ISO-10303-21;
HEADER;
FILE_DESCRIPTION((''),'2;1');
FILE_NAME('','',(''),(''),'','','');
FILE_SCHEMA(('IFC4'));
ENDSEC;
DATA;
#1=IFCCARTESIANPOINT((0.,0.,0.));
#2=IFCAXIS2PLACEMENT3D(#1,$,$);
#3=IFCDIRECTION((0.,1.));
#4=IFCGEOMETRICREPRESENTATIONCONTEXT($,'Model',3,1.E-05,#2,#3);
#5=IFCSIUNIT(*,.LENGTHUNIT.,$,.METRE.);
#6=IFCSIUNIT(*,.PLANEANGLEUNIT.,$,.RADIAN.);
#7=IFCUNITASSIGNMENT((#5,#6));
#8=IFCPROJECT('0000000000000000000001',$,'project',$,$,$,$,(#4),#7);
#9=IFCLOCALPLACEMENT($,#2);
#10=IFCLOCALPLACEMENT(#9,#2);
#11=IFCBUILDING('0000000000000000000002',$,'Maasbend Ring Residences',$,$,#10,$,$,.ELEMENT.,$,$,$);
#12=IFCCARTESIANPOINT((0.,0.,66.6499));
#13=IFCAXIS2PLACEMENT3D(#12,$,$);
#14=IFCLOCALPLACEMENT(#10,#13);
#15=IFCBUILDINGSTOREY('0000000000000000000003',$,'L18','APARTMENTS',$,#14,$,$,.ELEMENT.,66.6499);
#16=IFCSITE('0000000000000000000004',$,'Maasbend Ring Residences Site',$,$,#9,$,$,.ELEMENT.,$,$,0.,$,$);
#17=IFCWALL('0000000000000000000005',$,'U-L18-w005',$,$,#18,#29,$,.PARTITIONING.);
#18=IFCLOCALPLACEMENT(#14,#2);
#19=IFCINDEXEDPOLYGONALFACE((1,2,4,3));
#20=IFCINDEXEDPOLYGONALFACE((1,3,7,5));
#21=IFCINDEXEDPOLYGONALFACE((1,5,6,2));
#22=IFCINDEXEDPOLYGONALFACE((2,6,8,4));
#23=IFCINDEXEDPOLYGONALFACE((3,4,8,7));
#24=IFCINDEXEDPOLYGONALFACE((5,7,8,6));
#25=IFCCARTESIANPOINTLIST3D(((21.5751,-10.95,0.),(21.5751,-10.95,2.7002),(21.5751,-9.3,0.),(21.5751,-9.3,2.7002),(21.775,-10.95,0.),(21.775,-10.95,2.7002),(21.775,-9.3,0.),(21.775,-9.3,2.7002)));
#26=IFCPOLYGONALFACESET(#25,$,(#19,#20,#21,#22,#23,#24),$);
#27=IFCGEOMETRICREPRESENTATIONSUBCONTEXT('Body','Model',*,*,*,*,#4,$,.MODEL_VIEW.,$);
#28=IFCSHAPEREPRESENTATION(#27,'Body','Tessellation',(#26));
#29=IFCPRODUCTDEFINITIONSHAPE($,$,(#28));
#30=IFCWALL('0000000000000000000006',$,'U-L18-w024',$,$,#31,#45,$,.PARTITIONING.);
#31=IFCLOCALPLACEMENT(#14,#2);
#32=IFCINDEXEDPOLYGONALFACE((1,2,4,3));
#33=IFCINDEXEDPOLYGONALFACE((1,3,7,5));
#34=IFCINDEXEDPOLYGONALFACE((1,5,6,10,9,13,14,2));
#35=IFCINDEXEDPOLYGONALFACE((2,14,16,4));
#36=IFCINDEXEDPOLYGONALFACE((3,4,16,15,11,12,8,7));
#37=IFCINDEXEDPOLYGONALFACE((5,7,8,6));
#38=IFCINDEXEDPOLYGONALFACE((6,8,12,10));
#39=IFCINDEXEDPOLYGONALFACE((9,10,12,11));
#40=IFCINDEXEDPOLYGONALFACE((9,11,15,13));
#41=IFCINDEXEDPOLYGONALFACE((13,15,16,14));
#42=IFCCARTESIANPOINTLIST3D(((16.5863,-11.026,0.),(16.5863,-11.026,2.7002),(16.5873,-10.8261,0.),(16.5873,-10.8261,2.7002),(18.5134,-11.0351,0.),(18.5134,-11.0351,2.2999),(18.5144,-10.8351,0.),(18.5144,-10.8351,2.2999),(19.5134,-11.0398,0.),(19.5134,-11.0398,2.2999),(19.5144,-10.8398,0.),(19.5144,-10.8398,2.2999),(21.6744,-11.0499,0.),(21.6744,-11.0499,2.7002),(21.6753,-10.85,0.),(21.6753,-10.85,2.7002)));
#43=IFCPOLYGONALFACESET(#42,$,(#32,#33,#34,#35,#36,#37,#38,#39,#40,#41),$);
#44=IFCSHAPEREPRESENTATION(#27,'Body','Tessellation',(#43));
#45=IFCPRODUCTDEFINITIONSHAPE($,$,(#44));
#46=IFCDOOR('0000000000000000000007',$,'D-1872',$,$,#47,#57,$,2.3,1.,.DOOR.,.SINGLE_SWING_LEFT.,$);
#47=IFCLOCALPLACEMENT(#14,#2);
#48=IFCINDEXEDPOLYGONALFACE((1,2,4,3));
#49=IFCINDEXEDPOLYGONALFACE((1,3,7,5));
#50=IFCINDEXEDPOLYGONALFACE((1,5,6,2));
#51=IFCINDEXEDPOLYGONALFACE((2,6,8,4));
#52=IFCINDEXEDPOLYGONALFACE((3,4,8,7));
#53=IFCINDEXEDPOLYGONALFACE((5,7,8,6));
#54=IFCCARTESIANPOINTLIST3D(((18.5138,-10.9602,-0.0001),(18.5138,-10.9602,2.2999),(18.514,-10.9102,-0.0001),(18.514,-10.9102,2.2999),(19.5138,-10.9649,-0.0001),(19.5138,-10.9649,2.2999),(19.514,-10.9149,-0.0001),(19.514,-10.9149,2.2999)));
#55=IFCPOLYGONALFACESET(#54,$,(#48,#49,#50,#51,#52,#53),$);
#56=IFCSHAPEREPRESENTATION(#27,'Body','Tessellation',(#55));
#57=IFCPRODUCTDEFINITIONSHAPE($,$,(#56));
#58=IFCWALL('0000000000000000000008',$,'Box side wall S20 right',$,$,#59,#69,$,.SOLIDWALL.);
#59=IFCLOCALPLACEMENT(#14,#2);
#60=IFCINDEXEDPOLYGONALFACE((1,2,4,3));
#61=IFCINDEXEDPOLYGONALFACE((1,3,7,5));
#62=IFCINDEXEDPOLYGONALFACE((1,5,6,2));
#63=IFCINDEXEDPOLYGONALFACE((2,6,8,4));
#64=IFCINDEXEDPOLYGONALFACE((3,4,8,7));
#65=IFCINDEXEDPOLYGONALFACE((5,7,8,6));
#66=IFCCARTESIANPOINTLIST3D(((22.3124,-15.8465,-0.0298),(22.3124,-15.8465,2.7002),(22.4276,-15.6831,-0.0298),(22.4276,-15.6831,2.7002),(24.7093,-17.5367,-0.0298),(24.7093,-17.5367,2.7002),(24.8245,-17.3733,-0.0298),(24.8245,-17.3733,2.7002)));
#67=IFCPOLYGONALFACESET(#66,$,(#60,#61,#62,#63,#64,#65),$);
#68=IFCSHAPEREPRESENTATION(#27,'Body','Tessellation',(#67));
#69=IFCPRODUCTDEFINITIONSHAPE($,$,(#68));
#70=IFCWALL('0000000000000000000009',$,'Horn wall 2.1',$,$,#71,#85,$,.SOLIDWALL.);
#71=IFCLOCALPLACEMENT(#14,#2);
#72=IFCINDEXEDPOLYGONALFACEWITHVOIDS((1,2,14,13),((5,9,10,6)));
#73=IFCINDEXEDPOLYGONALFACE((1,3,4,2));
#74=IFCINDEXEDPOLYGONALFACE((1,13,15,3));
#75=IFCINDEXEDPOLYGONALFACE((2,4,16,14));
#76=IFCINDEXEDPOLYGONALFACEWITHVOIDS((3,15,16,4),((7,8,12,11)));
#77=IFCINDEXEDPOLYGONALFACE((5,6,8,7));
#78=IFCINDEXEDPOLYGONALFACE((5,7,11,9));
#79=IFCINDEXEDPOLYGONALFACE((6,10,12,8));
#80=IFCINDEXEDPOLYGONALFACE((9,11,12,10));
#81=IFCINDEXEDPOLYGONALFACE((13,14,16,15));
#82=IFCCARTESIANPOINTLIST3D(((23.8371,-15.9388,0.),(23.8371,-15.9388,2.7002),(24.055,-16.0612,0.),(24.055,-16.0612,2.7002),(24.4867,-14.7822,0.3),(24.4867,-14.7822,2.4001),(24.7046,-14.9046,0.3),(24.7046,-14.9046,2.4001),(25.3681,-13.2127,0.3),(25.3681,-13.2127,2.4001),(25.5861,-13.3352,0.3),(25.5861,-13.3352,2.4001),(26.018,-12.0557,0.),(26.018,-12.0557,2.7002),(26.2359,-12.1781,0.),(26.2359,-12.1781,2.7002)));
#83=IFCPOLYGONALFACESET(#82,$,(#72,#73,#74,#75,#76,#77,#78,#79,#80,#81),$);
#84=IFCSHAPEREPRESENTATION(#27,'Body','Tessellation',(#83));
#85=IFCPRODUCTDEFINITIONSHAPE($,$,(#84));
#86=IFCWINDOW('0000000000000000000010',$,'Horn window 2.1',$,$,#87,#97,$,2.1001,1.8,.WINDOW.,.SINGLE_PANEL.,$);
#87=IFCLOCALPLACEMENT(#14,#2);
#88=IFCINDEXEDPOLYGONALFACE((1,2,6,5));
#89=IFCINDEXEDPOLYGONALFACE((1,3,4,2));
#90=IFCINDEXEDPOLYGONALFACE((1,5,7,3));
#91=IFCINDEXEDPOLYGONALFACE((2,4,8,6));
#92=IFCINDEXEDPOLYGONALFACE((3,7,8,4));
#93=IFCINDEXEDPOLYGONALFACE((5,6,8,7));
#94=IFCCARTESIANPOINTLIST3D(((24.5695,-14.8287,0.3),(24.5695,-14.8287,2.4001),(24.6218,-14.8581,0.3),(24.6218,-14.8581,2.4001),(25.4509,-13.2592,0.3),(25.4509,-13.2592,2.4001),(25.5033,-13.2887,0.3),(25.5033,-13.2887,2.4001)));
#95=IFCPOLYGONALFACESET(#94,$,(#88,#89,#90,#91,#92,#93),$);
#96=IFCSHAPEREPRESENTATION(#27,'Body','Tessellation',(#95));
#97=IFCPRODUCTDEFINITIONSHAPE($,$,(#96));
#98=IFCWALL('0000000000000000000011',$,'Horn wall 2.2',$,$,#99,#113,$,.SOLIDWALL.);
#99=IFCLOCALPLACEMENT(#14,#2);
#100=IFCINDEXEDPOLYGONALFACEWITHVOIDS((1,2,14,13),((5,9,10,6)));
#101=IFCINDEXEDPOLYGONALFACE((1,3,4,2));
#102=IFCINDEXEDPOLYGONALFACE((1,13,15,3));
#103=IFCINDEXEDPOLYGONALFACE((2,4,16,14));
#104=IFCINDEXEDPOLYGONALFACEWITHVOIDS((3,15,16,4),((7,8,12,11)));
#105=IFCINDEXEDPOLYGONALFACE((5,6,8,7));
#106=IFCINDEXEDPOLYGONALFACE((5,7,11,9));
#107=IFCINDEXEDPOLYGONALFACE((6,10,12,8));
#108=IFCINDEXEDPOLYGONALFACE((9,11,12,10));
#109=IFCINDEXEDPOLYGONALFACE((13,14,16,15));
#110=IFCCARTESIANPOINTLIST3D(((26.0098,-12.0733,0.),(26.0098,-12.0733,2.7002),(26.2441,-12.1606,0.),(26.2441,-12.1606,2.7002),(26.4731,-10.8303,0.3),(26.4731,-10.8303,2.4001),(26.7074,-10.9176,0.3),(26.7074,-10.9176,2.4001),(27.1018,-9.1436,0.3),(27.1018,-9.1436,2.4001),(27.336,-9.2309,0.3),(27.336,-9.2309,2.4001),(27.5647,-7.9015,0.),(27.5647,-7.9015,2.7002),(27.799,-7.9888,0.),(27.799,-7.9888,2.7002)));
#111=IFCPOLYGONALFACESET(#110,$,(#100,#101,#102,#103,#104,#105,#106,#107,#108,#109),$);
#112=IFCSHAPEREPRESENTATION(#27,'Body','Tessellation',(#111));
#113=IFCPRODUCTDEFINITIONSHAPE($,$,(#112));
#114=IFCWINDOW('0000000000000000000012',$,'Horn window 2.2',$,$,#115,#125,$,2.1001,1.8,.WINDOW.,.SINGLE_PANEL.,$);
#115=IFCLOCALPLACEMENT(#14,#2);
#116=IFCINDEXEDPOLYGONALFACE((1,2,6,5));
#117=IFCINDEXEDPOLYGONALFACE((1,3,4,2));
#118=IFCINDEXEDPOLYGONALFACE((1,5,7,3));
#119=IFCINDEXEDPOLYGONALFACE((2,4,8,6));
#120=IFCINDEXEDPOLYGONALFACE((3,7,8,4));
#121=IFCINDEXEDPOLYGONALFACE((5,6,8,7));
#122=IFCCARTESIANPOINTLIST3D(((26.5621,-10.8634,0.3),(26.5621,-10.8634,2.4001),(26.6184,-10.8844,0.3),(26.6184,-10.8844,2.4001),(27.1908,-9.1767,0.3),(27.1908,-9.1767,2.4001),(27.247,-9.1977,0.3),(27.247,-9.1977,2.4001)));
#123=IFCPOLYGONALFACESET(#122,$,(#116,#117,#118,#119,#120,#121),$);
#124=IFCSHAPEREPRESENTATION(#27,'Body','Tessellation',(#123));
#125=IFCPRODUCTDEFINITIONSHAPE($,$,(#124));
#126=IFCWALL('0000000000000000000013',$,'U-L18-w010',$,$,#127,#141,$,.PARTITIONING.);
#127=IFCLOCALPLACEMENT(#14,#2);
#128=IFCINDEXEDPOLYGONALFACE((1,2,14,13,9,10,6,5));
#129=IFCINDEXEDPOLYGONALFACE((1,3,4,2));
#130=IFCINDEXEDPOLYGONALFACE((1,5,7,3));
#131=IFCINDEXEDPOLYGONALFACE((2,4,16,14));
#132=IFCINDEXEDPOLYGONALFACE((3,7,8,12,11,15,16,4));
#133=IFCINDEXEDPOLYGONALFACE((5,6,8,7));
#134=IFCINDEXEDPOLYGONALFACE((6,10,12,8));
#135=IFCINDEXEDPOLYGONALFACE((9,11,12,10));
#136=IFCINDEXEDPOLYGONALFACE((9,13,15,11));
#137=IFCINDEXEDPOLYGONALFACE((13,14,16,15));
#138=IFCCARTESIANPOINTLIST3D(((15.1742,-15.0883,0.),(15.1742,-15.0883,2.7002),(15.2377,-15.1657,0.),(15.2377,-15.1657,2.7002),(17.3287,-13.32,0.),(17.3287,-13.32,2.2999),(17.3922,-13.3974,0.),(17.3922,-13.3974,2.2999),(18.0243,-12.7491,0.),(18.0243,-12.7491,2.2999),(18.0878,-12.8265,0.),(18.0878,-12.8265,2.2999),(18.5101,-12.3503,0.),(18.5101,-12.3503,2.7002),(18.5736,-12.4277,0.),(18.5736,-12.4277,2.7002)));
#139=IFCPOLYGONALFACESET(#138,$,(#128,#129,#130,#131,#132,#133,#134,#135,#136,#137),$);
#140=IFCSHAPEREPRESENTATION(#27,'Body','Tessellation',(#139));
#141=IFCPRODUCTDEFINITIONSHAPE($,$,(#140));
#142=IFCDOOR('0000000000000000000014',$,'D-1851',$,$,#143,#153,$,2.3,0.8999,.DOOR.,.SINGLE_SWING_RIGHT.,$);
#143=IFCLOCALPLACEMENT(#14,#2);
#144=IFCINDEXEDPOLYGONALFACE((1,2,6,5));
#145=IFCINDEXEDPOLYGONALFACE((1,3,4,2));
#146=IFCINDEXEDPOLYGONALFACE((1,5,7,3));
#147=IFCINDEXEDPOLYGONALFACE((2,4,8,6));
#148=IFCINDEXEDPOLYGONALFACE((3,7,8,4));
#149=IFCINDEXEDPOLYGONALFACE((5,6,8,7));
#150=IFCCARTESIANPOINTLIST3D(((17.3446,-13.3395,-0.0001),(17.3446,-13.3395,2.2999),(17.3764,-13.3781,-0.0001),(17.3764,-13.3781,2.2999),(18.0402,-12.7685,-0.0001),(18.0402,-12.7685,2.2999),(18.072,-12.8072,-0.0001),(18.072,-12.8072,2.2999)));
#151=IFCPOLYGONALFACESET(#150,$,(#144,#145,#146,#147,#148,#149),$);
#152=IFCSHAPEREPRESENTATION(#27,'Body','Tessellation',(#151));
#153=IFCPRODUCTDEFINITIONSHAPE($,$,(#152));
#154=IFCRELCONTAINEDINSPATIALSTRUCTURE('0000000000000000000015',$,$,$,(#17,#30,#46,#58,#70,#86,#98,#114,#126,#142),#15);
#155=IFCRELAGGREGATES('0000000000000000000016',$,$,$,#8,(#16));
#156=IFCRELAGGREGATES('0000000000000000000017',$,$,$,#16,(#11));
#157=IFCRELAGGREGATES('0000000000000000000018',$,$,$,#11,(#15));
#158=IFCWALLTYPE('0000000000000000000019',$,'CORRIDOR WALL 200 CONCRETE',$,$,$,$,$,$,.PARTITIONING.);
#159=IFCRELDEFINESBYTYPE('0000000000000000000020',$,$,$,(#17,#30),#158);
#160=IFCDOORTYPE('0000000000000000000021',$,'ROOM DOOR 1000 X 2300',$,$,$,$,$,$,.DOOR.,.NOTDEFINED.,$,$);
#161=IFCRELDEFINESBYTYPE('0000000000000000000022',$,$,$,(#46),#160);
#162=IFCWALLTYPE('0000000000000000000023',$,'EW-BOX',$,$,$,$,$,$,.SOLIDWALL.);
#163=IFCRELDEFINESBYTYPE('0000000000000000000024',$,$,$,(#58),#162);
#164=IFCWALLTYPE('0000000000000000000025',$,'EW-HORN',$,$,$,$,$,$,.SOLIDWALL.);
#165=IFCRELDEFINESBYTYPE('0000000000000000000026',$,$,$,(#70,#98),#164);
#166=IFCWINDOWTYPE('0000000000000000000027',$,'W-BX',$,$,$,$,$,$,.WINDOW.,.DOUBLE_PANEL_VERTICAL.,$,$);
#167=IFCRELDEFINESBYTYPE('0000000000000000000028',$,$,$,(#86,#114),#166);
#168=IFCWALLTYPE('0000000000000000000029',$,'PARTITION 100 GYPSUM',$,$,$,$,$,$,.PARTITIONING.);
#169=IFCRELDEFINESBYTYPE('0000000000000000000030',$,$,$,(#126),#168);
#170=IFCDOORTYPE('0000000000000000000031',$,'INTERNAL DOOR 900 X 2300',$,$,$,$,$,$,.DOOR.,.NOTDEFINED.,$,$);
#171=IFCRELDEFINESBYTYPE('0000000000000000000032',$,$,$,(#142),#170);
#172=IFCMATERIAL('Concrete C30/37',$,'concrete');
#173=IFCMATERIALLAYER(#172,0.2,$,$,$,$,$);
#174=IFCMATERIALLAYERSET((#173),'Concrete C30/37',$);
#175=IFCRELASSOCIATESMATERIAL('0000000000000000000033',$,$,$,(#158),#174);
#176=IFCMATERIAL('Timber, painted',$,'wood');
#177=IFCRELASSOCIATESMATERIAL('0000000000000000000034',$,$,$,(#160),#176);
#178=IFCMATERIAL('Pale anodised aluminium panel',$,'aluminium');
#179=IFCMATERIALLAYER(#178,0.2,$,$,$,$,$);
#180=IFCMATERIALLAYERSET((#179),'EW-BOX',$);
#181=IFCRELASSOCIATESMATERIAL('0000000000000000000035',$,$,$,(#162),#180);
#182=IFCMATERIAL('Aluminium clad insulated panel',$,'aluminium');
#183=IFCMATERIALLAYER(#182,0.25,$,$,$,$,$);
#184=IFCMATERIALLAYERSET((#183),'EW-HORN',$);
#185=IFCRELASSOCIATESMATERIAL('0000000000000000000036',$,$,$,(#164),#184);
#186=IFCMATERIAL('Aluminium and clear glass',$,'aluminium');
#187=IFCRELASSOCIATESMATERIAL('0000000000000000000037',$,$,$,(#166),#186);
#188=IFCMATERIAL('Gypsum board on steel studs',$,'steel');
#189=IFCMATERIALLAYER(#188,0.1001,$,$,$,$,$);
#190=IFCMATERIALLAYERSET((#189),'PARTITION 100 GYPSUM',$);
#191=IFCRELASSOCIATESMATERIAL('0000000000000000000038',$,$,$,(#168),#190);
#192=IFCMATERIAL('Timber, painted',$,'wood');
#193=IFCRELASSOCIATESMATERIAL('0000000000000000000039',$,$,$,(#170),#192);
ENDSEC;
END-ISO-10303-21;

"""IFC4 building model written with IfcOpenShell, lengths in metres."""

from ifc_helpers import new_model, si_unit, direction, frame, frame_2d, origin, place, context, subcontext, project, spatial, rectangle, extrude, material, layer, layer_set, type_object, element, fill, save


model = new_model("IFC4")

# Units and contexts
model_context = context("Model", 3, precision=1e-05, world=origin(), true_north=direction((0.0, 1.0)))
body_context = subcontext(model_context, "Body", "Model", "MODEL_VIEW")
ifc_project = project(units=[si_unit("LENGTHUNIT", "METRE"), si_unit("PLANEANGLEUNIT", "RADIAN")], contexts=[model_context])

# Site, building, storey
site_placement = place(None, origin())
site = spatial("IfcSite", under=ifc_project, at=site_placement, Name="Maasbend Ring Residences Site", CompositionType="ELEMENT", RefElevation=0.0)
building_placement = place(site_placement, origin())
building = spatial("IfcBuilding", under=site, at=building_placement, Name="Maasbend Ring Residences", CompositionType="ELEMENT")
storey_placement = place(building_placement, frame((0.0, 0.0, 66.6499)))
storey = spatial("IfcBuildingStorey", under=building, at=storey_placement, Name="L18", Description="APARTMENTS", CompositionType="ELEMENT", Elevation=66.6499)

# Wall
ifc_material_1 = material(Name="Concrete C30/37", Category="concrete")
ifc_layer_1 = layer(ifc_material_1, 0.2)
ifc_layer_set_1 = layer_set([ifc_layer_1], Name="Concrete C30/37")
wall_type_1 = type_object("IfcWallType", Name="CORRIDOR WALL 200 CONCRETE", PredefinedType="PARTITIONING", material=ifc_layer_set_1)
wall_1_placement = place(storey_placement, frame((21.675, -10.95, 0.0), z_axis=(0.0, 0.0, 1.0), x_axis=(0.0, 1.0, 0.0)))
element("IfcWall", 1, at=wall_1_placement, inside=storey, type_object=wall_type_1, Name="U-L18-w005", PredefinedType="PARTITIONING", context=body_context, shape_type="SweptSolid", body=[
    extrude(rectangle(XDim=1.6499, YDim=0.2, at=frame_2d((0.825, 0.0))), origin(), (0.0, 0.0, 1.0), 2.7002),
])

# Wall, opening, door
wall_2_placement = place(storey_placement, frame((16.5869, -10.926, 0.0), z_axis=(0.0, 0.0, 1.0), x_axis=(0.999989, -0.004702, 0.0)))
wall_2 = element("IfcWall", 2, at=wall_2_placement, inside=storey, type_object=wall_type_1, Name="U-L18-w024", PredefinedType="PARTITIONING", context=body_context, shape_type="SweptSolid", body=[
    extrude(rectangle(XDim=5.0881, YDim=0.2, at=frame_2d((2.5439, 0.0))), origin(), (0.0, 0.0, 1.0), 2.7002),
])
opening_1_placement = place(wall_2_placement, frame((1.927, 0.0, 0.0)))
opening_1 = element("IfcOpeningElement", 3, at=opening_1_placement, cuts=wall_2, PredefinedType="OPENING", context=body_context, shape_type="SweptSolid", body=[
    extrude(rectangle(XDim=1.0, YDim=2.3, at=frame_2d((0.5, 1.1499))), frame((0.0, 0.1099, 0.0), z_axis=(0.0, -1.0, 0.0), x_axis=(1.0, 0.0, 0.0)), (0.0, 0.0, 1.0), 0.22),
])
ifc_material_2 = material(Name="Timber, painted", Category="wood")
door_type_1 = type_object("IfcDoorType", Name="ROOM DOOR 1000 X 2300", OperationType="NOTDEFINED", PredefinedType="DOOR", material=ifc_material_2)
door_1_placement = place(opening_1_placement, origin())
door_1 = element("IfcDoor", 4, at=door_1_placement, inside=storey, type_object=door_type_1, Name="D-1872", OperationType="SINGLE_SWING_LEFT", OverallHeight=2.3, OverallWidth=1.0, PredefinedType="DOOR", context=body_context, shape_type="SweptSolid", body=[
    extrude(rectangle(XDim=1.0, YDim=2.3, at=frame_2d((0.5, 1.1499))), frame((0.0, 0.0249, 0.0), z_axis=(0.0, -1.0, 0.0), x_axis=(1.0, 0.0, 0.0)), (0.0, 0.0, 1.0), 0.05),
])
fill(opening_1, door_1)

# Wall
ifc_material_3 = material(Name="Pale anodised aluminium panel", Category="aluminium")
ifc_layer_2 = layer(ifc_material_3, 0.2)
ifc_layer_set_2 = layer_set([ifc_layer_2], Name="EW-BOX")
wall_type_2 = type_object("IfcWallType", Name="EW-BOX", PredefinedType="SOLIDWALL", material=ifc_layer_set_2)
wall_3_placement = place(storey_placement, frame((22.3701, -15.7649, -0.0298), z_axis=(0.0, 0.0, 1.0), x_axis=(0.817256, -0.576275, 0.0)))
element("IfcWall", 5, at=wall_3_placement, inside=storey, type_object=wall_type_2, Name="Box side wall S20 right", PredefinedType="SOLIDWALL", context=body_context, shape_type="SweptSolid", body=[
    extrude(rectangle(XDim=2.9329, YDim=0.2, at=frame_2d((1.4663, 0.0))), origin(), (0.0, 0.0, 1.0), 2.73),
])

# Walls, openings, windows
ifc_material_4 = material(Name="Aluminium clad insulated panel", Category="aluminium")
ifc_layer_3 = layer(ifc_material_4, 0.25)
ifc_layer_set_3 = layer_set([ifc_layer_3], Name="EW-HORN")
wall_type_3 = type_object("IfcWallType", Name="EW-HORN", PredefinedType="SOLIDWALL", material=ifc_layer_set_3)
wall_4_placement = place(storey_placement, frame((23.946, -16.0, 0.0), z_axis=(0.0, 0.0, 1.0), x_axis=(0.489696, 0.871893, 0.0)))
wall_4 = element("IfcWall", 6, at=wall_4_placement, inside=storey, type_object=wall_type_3, Name="Horn wall 2.1", PredefinedType="SOLIDWALL", context=body_context, shape_type="SweptSolid", body=[
    extrude(rectangle(XDim=4.4536, YDim=0.25, at=frame_2d((2.2268, 0.0))), origin(), (0.0, 0.0, 1.0), 2.7002),
])
opening_2_placement = place(wall_4_placement, frame((1.3267, 0.0, 0.3)))
opening_2 = element("IfcOpeningElement", 7, at=opening_2_placement, cuts=wall_4, PredefinedType="OPENING", context=body_context, shape_type="SweptSolid", body=[
    extrude(rectangle(XDim=1.8, YDim=2.1001, at=frame_2d((0.8999, 1.05))), frame((0.0, 0.135, 0.0), z_axis=(0.0, -1.0, 0.0), x_axis=(1.0, 0.0, 0.0)), (0.0, 0.0, 1.0), 0.27),
])
ifc_material_5 = material(Name="Aluminium and clear glass", Category="aluminium")
window_type = type_object("IfcWindowType", Name="W-BX", PartitioningType="DOUBLE_PANEL_VERTICAL", PredefinedType="WINDOW", material=ifc_material_5)
window_1_placement = place(opening_2_placement, origin())
window_1 = element("IfcWindow", 8, at=window_1_placement, inside=storey, type_object=window_type, Name="Horn window 2.1", OverallHeight=2.1001, OverallWidth=1.8, PartitioningType="SINGLE_PANEL", PredefinedType="WINDOW", context=body_context, shape_type="SweptSolid", body=[
    extrude(rectangle(XDim=1.8, YDim=2.1001, at=frame_2d((0.8999, 1.05))), frame((0.0, 0.03, 0.0), z_axis=(0.0, -1.0, 0.0), x_axis=(1.0, 0.0, 0.0)), (0.0, 0.0, 1.0), 0.0601),
])
fill(opening_2, window_1)
wall_5_placement = place(storey_placement, frame((26.127, -12.1169, 0.0), z_axis=(0.0, 0.0, 1.0), x_axis=(0.349248, 0.93703, 0.0)))
wall_5 = element("IfcWall", 9, at=wall_5_placement, inside=storey, type_object=wall_type_3, Name="Horn wall 2.2", PredefinedType="SOLIDWALL", context=body_context, shape_type="SweptSolid", body=[
    extrude(rectangle(XDim=4.4521, YDim=0.25, at=frame_2d((2.2261, 0.0))), origin(), (0.0, 0.0, 1.0), 2.7002),
])
opening_3_placement = place(wall_5_placement, frame((1.3267, 0.0, 0.3)))
opening_3 = element("IfcOpeningElement", 10, at=opening_3_placement, cuts=wall_5, PredefinedType="OPENING", context=body_context, shape_type="SweptSolid", body=[
    extrude(rectangle(XDim=1.8, YDim=2.1001, at=frame_2d((0.8999, 1.05))), frame((0.0, 0.135, 0.0), z_axis=(0.0, -1.0, 0.0), x_axis=(1.0, 0.0, 0.0)), (0.0, 0.0, 1.0), 0.27),
])
window_2_placement = place(opening_3_placement, origin())
window_2 = element("IfcWindow", 11, at=window_2_placement, inside=storey, type_object=window_type, Name="Horn window 2.2", OverallHeight=2.1001, OverallWidth=1.8, PartitioningType="SINGLE_PANEL", PredefinedType="WINDOW", context=body_context, shape_type="SweptSolid", body=[
    extrude(rectangle(XDim=1.8, YDim=2.1001, at=frame_2d((0.8999, 1.05))), frame((0.0, 0.03, 0.0), z_axis=(0.0, -1.0, 0.0), x_axis=(1.0, 0.0, 0.0)), (0.0, 0.0, 1.0), 0.0601),
])
fill(opening_3, window_2)

# Wall, opening, door
ifc_material_6 = material(Name="Gypsum board on steel studs", Category="steel")
ifc_layer_4 = layer(ifc_material_6, 0.1001)
ifc_layer_set_4 = layer_set([ifc_layer_4], Name="PARTITION 100 GYPSUM")
wall_type_4 = type_object("IfcWallType", Name="PARTITION 100 GYPSUM", PredefinedType="PARTITIONING", material=ifc_layer_set_4)
wall_6_placement = place(storey_placement, frame((15.2061, -15.127, 0.0), z_axis=(0.0, 0.0, 1.0), x_axis=(0.772976, 0.634435, 0.0)))
wall_6 = element("IfcWall", 12, at=wall_6_placement, inside=storey, type_object=wall_type_4, Name="U-L18-w010", PredefinedType="PARTITIONING", context=body_context, shape_type="SweptSolid", body=[
    extrude(rectangle(XDim=4.3157, YDim=0.1001, at=frame_2d((2.1577, 0.0))), origin(), (0.0, 0.0, 1.0), 2.7002),
])
opening_4_placement = place(wall_6_placement, frame((2.7871, 0.0, 0.0)))
opening_4 = element("IfcOpeningElement", 13, at=opening_4_placement, cuts=wall_6, PredefinedType="OPENING", context=body_context, shape_type="SweptSolid", body=[
    extrude(rectangle(XDim=0.8999, YDim=2.3, at=frame_2d((0.45, 1.1499))), frame((0.0, 0.0601, 0.0), z_axis=(0.0, -1.0, 0.0), x_axis=(1.0, 0.0, 0.0)), (0.0, 0.0, 1.0), 0.1201),
])
ifc_material_7 = material(Name="Timber, painted", Category="wood")
door_type_2 = type_object("IfcDoorType", Name="INTERNAL DOOR 900 X 2300", OperationType="NOTDEFINED", PredefinedType="DOOR", material=ifc_material_7)
door_2_placement = place(opening_4_placement, origin())
door_2 = element("IfcDoor", 14, at=door_2_placement, inside=storey, type_object=door_type_2, Name="D-1851", OperationType="SINGLE_SWING_RIGHT", OverallHeight=2.3, OverallWidth=0.8999, PredefinedType="DOOR", context=body_context, shape_type="SweptSolid", body=[
    extrude(rectangle(XDim=0.8999, YDim=2.3, at=frame_2d((0.45, 1.1499))), frame((0.0, 0.0249, 0.0), z_axis=(0.0, -1.0, 0.0), x_axis=(1.0, 0.0, 0.0)), (0.0, 0.0, 1.0), 0.05),
])
fill(opening_4, door_2)

save(model, "model.ifc")
